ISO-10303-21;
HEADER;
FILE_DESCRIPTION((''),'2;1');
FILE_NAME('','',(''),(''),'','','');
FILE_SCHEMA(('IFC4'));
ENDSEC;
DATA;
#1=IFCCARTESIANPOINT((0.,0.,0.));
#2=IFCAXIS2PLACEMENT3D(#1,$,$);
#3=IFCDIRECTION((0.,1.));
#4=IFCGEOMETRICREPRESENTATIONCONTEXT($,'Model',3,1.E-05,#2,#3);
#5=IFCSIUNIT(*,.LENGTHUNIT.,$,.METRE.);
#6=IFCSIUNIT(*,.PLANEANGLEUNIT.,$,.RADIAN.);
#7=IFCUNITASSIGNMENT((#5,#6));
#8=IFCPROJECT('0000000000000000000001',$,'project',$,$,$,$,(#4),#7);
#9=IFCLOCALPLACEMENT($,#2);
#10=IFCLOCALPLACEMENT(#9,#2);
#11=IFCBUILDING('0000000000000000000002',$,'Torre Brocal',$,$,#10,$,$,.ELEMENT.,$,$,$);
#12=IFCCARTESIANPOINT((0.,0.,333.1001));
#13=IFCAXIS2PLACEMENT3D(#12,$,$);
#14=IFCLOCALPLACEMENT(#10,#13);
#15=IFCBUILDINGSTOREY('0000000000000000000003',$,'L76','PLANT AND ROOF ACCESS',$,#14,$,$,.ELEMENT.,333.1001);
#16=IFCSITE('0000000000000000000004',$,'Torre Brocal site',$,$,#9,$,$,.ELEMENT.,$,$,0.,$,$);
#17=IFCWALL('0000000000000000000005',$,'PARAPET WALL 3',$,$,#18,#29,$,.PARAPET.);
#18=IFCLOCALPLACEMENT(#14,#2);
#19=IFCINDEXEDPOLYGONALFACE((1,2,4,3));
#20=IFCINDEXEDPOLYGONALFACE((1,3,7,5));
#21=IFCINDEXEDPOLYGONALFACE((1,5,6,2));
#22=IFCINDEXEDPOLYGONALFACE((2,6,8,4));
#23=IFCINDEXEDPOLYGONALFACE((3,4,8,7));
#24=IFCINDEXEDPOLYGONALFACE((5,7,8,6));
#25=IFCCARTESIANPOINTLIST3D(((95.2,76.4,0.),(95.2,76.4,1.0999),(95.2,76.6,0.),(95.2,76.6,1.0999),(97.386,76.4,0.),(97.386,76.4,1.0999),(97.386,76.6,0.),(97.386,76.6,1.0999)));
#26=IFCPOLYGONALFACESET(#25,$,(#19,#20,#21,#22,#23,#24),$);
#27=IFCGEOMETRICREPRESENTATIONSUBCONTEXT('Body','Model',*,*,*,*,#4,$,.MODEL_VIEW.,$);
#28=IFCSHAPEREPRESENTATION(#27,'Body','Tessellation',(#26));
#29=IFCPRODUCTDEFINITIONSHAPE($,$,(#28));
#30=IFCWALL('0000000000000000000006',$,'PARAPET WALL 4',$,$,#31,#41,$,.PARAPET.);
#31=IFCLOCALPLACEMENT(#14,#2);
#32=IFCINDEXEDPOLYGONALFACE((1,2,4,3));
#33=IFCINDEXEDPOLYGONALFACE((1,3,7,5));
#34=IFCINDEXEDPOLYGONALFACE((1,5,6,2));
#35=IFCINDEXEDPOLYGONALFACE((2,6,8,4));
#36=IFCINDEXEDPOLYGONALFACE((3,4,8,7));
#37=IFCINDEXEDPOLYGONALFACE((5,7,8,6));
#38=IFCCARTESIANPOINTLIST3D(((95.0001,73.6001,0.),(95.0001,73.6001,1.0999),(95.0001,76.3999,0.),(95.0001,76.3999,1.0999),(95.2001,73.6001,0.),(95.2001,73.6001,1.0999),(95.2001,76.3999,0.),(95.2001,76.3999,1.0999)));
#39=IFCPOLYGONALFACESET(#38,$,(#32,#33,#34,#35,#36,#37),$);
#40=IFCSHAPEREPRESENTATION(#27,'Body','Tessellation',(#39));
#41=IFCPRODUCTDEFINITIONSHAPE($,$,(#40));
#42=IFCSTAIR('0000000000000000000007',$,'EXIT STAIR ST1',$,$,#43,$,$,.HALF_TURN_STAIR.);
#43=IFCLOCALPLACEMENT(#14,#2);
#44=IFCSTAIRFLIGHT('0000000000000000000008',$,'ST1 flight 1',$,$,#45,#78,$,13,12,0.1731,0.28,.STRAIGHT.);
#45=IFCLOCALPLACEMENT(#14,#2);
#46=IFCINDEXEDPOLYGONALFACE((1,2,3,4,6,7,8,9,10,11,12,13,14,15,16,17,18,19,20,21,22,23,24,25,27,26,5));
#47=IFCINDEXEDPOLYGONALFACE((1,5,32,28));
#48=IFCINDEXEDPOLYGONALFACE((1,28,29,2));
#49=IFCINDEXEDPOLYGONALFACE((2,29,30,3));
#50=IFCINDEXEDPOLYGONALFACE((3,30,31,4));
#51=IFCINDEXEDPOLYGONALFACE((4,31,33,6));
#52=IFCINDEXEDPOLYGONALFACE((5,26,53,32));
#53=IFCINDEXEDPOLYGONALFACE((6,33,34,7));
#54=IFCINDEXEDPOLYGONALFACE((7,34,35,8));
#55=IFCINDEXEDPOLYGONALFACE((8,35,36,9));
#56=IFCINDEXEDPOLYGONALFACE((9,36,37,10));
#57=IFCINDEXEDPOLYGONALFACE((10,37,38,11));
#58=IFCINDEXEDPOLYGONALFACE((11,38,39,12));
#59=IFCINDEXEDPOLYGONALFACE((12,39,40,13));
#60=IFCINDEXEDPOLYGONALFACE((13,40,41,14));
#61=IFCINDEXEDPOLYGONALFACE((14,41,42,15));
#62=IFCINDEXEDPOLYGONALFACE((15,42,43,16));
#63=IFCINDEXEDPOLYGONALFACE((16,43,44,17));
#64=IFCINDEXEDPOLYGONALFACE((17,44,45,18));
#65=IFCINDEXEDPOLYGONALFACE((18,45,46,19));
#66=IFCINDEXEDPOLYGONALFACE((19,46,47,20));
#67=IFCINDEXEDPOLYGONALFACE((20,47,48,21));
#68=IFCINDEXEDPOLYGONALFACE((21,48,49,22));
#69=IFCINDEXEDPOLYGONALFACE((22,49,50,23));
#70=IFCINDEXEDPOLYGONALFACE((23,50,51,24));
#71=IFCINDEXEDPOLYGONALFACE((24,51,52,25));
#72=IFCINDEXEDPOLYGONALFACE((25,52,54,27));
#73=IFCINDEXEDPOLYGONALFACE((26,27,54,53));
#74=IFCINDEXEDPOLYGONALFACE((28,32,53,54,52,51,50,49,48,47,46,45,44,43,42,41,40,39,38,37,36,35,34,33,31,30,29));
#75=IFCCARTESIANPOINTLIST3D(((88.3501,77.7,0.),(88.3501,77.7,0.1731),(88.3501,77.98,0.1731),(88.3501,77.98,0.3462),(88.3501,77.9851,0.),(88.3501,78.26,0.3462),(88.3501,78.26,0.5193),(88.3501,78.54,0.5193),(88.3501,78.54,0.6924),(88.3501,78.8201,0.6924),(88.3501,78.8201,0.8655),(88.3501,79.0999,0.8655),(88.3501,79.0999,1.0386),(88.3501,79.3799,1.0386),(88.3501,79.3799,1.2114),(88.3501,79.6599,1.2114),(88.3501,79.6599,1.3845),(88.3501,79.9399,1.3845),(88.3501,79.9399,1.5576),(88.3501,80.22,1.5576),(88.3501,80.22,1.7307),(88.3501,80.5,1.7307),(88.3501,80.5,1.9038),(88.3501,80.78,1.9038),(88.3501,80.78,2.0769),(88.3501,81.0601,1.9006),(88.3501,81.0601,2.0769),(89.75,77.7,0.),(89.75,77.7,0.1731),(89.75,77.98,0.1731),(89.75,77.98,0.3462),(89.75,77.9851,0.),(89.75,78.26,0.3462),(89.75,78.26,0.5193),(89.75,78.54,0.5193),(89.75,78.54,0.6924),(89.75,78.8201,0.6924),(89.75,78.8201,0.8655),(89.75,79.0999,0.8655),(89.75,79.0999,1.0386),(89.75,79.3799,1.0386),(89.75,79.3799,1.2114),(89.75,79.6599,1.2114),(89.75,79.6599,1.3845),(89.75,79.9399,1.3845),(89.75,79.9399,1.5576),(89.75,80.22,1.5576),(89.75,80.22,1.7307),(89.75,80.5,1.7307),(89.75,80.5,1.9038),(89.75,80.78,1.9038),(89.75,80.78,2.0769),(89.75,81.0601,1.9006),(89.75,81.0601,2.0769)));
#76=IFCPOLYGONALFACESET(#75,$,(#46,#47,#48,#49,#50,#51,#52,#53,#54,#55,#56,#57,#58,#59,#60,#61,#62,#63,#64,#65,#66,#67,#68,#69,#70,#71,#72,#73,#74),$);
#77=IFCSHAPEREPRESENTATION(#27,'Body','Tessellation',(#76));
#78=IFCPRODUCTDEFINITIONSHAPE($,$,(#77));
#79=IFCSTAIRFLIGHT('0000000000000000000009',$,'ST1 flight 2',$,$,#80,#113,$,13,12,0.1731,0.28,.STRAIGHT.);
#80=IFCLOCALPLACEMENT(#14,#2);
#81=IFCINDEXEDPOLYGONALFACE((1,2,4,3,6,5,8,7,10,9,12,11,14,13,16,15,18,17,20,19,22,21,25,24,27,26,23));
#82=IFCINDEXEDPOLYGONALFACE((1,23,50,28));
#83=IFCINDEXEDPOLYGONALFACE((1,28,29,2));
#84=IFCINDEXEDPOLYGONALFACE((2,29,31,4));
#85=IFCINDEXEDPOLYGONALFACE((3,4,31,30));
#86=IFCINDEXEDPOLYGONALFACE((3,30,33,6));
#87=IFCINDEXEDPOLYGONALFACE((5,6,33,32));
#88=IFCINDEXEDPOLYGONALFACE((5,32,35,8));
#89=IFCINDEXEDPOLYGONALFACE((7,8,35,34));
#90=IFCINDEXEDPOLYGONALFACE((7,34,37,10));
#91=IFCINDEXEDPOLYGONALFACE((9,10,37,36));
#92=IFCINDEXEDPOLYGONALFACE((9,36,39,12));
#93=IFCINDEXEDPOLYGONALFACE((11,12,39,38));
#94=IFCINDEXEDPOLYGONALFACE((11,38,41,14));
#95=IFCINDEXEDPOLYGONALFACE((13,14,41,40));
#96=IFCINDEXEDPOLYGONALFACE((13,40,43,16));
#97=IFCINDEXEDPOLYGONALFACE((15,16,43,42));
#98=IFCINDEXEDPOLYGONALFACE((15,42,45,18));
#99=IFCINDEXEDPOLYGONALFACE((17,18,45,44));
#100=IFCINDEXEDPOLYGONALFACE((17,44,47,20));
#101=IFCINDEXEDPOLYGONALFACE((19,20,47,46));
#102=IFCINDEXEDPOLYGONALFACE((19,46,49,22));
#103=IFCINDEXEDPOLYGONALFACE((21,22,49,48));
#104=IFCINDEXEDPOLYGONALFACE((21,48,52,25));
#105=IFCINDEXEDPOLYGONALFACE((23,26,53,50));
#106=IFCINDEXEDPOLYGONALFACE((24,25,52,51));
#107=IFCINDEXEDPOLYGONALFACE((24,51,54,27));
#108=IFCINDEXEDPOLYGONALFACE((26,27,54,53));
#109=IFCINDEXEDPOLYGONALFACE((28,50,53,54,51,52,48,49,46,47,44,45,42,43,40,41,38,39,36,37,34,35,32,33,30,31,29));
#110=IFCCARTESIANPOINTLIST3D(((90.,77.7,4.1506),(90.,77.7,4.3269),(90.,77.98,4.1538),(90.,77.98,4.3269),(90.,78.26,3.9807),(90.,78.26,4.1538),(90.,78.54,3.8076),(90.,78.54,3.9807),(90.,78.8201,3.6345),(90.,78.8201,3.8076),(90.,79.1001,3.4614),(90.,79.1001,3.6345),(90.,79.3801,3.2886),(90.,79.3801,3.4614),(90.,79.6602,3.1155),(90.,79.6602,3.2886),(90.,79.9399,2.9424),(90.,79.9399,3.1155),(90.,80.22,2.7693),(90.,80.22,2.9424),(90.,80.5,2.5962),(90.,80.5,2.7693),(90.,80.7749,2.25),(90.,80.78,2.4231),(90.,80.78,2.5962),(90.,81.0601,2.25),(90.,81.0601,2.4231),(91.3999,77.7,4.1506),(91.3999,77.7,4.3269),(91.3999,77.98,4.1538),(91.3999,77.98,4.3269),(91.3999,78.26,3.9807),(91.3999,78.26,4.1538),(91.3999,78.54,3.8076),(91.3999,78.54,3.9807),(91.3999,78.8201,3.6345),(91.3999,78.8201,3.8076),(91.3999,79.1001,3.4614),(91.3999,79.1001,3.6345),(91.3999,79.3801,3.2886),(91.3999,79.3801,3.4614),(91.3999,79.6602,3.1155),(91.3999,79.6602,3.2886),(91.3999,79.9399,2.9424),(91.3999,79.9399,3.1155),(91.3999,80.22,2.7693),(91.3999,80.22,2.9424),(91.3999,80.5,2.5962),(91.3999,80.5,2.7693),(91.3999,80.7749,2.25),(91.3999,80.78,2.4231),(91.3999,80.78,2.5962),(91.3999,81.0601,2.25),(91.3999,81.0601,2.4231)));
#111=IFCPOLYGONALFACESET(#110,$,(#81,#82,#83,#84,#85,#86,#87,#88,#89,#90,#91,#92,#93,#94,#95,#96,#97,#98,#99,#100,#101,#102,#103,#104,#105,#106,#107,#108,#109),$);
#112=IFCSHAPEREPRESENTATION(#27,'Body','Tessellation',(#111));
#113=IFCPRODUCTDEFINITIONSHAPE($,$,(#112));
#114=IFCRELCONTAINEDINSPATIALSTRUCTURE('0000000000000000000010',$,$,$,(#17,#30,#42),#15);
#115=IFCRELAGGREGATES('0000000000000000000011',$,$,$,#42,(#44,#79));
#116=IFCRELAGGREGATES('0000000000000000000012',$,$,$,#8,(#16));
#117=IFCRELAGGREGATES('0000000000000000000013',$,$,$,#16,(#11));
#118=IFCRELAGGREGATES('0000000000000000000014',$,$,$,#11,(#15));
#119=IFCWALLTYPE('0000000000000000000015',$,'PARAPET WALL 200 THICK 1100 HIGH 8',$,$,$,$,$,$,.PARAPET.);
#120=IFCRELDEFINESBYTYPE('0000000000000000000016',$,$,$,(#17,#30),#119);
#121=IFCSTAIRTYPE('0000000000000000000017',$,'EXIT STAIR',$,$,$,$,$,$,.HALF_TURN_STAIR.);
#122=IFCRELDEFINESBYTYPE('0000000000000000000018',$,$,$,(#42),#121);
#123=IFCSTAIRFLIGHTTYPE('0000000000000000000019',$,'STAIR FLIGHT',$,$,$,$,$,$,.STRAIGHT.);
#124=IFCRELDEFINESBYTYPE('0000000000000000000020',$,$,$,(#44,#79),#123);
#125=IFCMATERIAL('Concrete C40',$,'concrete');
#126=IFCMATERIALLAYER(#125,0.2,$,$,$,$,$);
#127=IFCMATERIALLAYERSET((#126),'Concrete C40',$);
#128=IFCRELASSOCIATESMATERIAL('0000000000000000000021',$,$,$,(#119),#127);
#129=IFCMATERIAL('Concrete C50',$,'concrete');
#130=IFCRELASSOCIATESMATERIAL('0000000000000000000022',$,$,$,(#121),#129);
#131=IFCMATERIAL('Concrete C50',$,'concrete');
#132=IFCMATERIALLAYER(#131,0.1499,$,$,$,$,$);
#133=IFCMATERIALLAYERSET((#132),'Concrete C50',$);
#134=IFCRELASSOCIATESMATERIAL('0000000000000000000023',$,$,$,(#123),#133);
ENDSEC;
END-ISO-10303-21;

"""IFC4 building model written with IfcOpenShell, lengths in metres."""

from ifc_helpers import new_model, si_unit, direction, frame, frame_2d, origin, place, context, subcontext, project, spatial, polyline, rectangle, outline, extrude, material, layer, layer_set, type_object, element, aggregate, save


model = new_model("IFC4")

# Units and contexts
model_context = context("Model", 3, precision=1e-05, world=origin(), true_north=direction((0.0, 1.0)))
body_context = subcontext(model_context, "Body", "Model", "MODEL_VIEW")
ifc_project = project(units=[si_unit("LENGTHUNIT", "METRE"), si_unit("PLANEANGLEUNIT", "RADIAN")], contexts=[model_context])

# Site, building, storey
site_placement = place(None, origin())
site = spatial("IfcSite", under=ifc_project, at=site_placement, Name="Torre Brocal site", CompositionType="ELEMENT", RefElevation=0.0)
building_placement = place(site_placement, origin())
building = spatial("IfcBuilding", under=site, at=building_placement, Name="Torre Brocal", CompositionType="ELEMENT")
storey_placement = place(building_placement, frame((0.0, 0.0, 333.1001)))
storey = spatial("IfcBuildingStorey", under=building, at=storey_placement, Name="L76", Description="PLANT AND ROOF ACCESS", CompositionType="ELEMENT", Elevation=333.1001)

# Walls
ifc_material_1 = material(Name="Concrete C40", Category="concrete")
ifc_layer_1 = layer(ifc_material_1, 0.2)
ifc_layer_set_1 = layer_set([ifc_layer_1], Name="Concrete C40")
wall_type_1 = type_object("IfcWallType", Name="PARAPET WALL 200 THICK 1100 HIGH 8", PredefinedType="PARAPET", material=ifc_layer_set_1)
wall_1_placement = place(storey_placement, frame((97.386, 76.5, 0.0), z_axis=(0.0, 0.0, 1.0), x_axis=(-1.0, 0.0, 0.0)))
element("IfcWall", 1, at=wall_1_placement, inside=storey, type_object=wall_type_1, Name="PARAPET WALL 3", PredefinedType="PARAPET", context=body_context, shape_type="SweptSolid", body=[
    extrude(rectangle(XDim=2.186, YDim=0.2, at=frame_2d((1.093, 0.0))), origin(), (0.0, 0.0, 1.0), 1.0999),
])
wall_2_placement = place(storey_placement, frame((95.1001, 76.3999, 0.0), z_axis=(0.0, 0.0, 1.0), x_axis=(0.0, -1.0, 0.0)))
element("IfcWall", 2, at=wall_2_placement, inside=storey, type_object=wall_type_1, Name="PARAPET WALL 4", PredefinedType="PARAPET", context=body_context, shape_type="SweptSolid", body=[
    extrude(rectangle(XDim=2.7998, YDim=0.2, at=frame_2d((1.3999, 0.0))), origin(), (0.0, 0.0, 1.0), 1.0999),
])

# Stair, stair flights
ifc_material_2 = material(Name="Concrete C50", Category="concrete")
stair_type = type_object("IfcStairType", Name="EXIT STAIR", PredefinedType="HALF_TURN_STAIR", material=ifc_material_2)
stair_placement = place(storey_placement, origin())
stair = element("IfcStair", 3, at=stair_placement, inside=storey, type_object=stair_type, Name="EXIT STAIR ST1", PredefinedType="HALF_TURN_STAIR")
ifc_material_3 = material(Name="Concrete C50", Category="concrete")
ifc_layer_2 = layer(ifc_material_3, 0.1499)
ifc_layer_set_2 = layer_set([ifc_layer_2], Name="Concrete C50")
stair_flight_type = type_object("IfcStairFlightType", Name="STAIR FLIGHT", PredefinedType="STRAIGHT", material=ifc_layer_set_2)
stair_flight_1_placement = place(storey_placement, frame((89.05, 77.7, 0.0), z_axis=(0.0, 0.0, 1.0), x_axis=(0.0, 1.0, 0.0)))
stair_flight_1 = element("IfcStairFlight", 4, at=stair_flight_1_placement, type_object=stair_flight_type, Name="ST1 flight 1", NumberOfRisers=13, NumberOfTreads=12, PredefinedType="STRAIGHT", RiserHeight=0.1731, TreadLength=0.28, context=body_context, shape_type="SweptSolid", body=[
    extrude(outline(polyline([(0.0, 0.0), (0.0, 0.1731), (0.28, 0.1731), (0.28, 0.3462), (0.5601, 0.3462), (0.5601, 0.5193), (0.8401, 0.5193), (0.8401, 0.6924), (1.1201, 0.6924), (1.1201, 0.8655), (1.3999, 0.8655), (1.3999, 1.0386), (1.6799, 1.0386), (1.6799, 1.2114), (1.96, 1.2114), (1.96, 1.3845), (2.24, 1.3845), (2.24, 1.5576), (2.52, 1.5576), (2.52, 1.7307), (2.8, 1.7307), (2.8, 1.9038), (3.0801, 1.9038), (3.0801, 2.0769), (3.3601, 2.0769), (3.3601, 2.25), (3.3601, 1.9006), (0.2852, 0.0), (0.0, 0.0)])), frame((0.0, 0.7, 0.0), z_axis=(0.0, -1.0, 0.0), x_axis=(1.0, 0.0, 0.0)), (0.0, 0.0, 1.0), 1.3999),
])
stair_flight_2_placement = place(storey_placement, frame((90.7, 81.0601, 2.25), z_axis=(0.0, 0.0, 1.0), x_axis=(0.0, -1.0, 0.0)))
stair_flight_2 = element("IfcStairFlight", 5, at=stair_flight_2_placement, type_object=stair_flight_type, Name="ST1 flight 2", NumberOfRisers=13, NumberOfTreads=12, PredefinedType="STRAIGHT", RiserHeight=0.1731, TreadLength=0.28, context=body_context, shape_type="SweptSolid", body=[
    extrude(outline(polyline([(0.0, 0.0), (0.0, 0.1731), (0.28, 0.1731), (0.28, 0.3462), (0.5601, 0.3462), (0.5601, 0.5193), (0.8401, 0.5193), (0.8401, 0.6924), (1.1201, 0.6924), (1.1201, 0.8655), (1.3999, 0.8655), (1.3999, 1.0386), (1.6799, 1.0386), (1.6799, 1.2114), (1.96, 1.2114), (1.96, 1.3845), (2.24, 1.3845), (2.24, 1.5576), (2.52, 1.5576), (2.52, 1.7307), (2.8, 1.7307), (2.8, 1.9038), (3.0801, 1.9038), (3.0801, 2.0769), (3.3601, 2.0769), (3.3601, 2.25), (3.3601, 1.9006), (0.2852, 0.0), (0.0, 0.0)])), frame((0.0, 0.7, 0.0), z_axis=(0.0, -1.0, 0.0), x_axis=(1.0, 0.0, 0.0)), (0.0, 0.0, 1.0), 1.3999),
])
aggregate(stair, [stair_flight_1, stair_flight_2])

save(model, "model.ifc")
